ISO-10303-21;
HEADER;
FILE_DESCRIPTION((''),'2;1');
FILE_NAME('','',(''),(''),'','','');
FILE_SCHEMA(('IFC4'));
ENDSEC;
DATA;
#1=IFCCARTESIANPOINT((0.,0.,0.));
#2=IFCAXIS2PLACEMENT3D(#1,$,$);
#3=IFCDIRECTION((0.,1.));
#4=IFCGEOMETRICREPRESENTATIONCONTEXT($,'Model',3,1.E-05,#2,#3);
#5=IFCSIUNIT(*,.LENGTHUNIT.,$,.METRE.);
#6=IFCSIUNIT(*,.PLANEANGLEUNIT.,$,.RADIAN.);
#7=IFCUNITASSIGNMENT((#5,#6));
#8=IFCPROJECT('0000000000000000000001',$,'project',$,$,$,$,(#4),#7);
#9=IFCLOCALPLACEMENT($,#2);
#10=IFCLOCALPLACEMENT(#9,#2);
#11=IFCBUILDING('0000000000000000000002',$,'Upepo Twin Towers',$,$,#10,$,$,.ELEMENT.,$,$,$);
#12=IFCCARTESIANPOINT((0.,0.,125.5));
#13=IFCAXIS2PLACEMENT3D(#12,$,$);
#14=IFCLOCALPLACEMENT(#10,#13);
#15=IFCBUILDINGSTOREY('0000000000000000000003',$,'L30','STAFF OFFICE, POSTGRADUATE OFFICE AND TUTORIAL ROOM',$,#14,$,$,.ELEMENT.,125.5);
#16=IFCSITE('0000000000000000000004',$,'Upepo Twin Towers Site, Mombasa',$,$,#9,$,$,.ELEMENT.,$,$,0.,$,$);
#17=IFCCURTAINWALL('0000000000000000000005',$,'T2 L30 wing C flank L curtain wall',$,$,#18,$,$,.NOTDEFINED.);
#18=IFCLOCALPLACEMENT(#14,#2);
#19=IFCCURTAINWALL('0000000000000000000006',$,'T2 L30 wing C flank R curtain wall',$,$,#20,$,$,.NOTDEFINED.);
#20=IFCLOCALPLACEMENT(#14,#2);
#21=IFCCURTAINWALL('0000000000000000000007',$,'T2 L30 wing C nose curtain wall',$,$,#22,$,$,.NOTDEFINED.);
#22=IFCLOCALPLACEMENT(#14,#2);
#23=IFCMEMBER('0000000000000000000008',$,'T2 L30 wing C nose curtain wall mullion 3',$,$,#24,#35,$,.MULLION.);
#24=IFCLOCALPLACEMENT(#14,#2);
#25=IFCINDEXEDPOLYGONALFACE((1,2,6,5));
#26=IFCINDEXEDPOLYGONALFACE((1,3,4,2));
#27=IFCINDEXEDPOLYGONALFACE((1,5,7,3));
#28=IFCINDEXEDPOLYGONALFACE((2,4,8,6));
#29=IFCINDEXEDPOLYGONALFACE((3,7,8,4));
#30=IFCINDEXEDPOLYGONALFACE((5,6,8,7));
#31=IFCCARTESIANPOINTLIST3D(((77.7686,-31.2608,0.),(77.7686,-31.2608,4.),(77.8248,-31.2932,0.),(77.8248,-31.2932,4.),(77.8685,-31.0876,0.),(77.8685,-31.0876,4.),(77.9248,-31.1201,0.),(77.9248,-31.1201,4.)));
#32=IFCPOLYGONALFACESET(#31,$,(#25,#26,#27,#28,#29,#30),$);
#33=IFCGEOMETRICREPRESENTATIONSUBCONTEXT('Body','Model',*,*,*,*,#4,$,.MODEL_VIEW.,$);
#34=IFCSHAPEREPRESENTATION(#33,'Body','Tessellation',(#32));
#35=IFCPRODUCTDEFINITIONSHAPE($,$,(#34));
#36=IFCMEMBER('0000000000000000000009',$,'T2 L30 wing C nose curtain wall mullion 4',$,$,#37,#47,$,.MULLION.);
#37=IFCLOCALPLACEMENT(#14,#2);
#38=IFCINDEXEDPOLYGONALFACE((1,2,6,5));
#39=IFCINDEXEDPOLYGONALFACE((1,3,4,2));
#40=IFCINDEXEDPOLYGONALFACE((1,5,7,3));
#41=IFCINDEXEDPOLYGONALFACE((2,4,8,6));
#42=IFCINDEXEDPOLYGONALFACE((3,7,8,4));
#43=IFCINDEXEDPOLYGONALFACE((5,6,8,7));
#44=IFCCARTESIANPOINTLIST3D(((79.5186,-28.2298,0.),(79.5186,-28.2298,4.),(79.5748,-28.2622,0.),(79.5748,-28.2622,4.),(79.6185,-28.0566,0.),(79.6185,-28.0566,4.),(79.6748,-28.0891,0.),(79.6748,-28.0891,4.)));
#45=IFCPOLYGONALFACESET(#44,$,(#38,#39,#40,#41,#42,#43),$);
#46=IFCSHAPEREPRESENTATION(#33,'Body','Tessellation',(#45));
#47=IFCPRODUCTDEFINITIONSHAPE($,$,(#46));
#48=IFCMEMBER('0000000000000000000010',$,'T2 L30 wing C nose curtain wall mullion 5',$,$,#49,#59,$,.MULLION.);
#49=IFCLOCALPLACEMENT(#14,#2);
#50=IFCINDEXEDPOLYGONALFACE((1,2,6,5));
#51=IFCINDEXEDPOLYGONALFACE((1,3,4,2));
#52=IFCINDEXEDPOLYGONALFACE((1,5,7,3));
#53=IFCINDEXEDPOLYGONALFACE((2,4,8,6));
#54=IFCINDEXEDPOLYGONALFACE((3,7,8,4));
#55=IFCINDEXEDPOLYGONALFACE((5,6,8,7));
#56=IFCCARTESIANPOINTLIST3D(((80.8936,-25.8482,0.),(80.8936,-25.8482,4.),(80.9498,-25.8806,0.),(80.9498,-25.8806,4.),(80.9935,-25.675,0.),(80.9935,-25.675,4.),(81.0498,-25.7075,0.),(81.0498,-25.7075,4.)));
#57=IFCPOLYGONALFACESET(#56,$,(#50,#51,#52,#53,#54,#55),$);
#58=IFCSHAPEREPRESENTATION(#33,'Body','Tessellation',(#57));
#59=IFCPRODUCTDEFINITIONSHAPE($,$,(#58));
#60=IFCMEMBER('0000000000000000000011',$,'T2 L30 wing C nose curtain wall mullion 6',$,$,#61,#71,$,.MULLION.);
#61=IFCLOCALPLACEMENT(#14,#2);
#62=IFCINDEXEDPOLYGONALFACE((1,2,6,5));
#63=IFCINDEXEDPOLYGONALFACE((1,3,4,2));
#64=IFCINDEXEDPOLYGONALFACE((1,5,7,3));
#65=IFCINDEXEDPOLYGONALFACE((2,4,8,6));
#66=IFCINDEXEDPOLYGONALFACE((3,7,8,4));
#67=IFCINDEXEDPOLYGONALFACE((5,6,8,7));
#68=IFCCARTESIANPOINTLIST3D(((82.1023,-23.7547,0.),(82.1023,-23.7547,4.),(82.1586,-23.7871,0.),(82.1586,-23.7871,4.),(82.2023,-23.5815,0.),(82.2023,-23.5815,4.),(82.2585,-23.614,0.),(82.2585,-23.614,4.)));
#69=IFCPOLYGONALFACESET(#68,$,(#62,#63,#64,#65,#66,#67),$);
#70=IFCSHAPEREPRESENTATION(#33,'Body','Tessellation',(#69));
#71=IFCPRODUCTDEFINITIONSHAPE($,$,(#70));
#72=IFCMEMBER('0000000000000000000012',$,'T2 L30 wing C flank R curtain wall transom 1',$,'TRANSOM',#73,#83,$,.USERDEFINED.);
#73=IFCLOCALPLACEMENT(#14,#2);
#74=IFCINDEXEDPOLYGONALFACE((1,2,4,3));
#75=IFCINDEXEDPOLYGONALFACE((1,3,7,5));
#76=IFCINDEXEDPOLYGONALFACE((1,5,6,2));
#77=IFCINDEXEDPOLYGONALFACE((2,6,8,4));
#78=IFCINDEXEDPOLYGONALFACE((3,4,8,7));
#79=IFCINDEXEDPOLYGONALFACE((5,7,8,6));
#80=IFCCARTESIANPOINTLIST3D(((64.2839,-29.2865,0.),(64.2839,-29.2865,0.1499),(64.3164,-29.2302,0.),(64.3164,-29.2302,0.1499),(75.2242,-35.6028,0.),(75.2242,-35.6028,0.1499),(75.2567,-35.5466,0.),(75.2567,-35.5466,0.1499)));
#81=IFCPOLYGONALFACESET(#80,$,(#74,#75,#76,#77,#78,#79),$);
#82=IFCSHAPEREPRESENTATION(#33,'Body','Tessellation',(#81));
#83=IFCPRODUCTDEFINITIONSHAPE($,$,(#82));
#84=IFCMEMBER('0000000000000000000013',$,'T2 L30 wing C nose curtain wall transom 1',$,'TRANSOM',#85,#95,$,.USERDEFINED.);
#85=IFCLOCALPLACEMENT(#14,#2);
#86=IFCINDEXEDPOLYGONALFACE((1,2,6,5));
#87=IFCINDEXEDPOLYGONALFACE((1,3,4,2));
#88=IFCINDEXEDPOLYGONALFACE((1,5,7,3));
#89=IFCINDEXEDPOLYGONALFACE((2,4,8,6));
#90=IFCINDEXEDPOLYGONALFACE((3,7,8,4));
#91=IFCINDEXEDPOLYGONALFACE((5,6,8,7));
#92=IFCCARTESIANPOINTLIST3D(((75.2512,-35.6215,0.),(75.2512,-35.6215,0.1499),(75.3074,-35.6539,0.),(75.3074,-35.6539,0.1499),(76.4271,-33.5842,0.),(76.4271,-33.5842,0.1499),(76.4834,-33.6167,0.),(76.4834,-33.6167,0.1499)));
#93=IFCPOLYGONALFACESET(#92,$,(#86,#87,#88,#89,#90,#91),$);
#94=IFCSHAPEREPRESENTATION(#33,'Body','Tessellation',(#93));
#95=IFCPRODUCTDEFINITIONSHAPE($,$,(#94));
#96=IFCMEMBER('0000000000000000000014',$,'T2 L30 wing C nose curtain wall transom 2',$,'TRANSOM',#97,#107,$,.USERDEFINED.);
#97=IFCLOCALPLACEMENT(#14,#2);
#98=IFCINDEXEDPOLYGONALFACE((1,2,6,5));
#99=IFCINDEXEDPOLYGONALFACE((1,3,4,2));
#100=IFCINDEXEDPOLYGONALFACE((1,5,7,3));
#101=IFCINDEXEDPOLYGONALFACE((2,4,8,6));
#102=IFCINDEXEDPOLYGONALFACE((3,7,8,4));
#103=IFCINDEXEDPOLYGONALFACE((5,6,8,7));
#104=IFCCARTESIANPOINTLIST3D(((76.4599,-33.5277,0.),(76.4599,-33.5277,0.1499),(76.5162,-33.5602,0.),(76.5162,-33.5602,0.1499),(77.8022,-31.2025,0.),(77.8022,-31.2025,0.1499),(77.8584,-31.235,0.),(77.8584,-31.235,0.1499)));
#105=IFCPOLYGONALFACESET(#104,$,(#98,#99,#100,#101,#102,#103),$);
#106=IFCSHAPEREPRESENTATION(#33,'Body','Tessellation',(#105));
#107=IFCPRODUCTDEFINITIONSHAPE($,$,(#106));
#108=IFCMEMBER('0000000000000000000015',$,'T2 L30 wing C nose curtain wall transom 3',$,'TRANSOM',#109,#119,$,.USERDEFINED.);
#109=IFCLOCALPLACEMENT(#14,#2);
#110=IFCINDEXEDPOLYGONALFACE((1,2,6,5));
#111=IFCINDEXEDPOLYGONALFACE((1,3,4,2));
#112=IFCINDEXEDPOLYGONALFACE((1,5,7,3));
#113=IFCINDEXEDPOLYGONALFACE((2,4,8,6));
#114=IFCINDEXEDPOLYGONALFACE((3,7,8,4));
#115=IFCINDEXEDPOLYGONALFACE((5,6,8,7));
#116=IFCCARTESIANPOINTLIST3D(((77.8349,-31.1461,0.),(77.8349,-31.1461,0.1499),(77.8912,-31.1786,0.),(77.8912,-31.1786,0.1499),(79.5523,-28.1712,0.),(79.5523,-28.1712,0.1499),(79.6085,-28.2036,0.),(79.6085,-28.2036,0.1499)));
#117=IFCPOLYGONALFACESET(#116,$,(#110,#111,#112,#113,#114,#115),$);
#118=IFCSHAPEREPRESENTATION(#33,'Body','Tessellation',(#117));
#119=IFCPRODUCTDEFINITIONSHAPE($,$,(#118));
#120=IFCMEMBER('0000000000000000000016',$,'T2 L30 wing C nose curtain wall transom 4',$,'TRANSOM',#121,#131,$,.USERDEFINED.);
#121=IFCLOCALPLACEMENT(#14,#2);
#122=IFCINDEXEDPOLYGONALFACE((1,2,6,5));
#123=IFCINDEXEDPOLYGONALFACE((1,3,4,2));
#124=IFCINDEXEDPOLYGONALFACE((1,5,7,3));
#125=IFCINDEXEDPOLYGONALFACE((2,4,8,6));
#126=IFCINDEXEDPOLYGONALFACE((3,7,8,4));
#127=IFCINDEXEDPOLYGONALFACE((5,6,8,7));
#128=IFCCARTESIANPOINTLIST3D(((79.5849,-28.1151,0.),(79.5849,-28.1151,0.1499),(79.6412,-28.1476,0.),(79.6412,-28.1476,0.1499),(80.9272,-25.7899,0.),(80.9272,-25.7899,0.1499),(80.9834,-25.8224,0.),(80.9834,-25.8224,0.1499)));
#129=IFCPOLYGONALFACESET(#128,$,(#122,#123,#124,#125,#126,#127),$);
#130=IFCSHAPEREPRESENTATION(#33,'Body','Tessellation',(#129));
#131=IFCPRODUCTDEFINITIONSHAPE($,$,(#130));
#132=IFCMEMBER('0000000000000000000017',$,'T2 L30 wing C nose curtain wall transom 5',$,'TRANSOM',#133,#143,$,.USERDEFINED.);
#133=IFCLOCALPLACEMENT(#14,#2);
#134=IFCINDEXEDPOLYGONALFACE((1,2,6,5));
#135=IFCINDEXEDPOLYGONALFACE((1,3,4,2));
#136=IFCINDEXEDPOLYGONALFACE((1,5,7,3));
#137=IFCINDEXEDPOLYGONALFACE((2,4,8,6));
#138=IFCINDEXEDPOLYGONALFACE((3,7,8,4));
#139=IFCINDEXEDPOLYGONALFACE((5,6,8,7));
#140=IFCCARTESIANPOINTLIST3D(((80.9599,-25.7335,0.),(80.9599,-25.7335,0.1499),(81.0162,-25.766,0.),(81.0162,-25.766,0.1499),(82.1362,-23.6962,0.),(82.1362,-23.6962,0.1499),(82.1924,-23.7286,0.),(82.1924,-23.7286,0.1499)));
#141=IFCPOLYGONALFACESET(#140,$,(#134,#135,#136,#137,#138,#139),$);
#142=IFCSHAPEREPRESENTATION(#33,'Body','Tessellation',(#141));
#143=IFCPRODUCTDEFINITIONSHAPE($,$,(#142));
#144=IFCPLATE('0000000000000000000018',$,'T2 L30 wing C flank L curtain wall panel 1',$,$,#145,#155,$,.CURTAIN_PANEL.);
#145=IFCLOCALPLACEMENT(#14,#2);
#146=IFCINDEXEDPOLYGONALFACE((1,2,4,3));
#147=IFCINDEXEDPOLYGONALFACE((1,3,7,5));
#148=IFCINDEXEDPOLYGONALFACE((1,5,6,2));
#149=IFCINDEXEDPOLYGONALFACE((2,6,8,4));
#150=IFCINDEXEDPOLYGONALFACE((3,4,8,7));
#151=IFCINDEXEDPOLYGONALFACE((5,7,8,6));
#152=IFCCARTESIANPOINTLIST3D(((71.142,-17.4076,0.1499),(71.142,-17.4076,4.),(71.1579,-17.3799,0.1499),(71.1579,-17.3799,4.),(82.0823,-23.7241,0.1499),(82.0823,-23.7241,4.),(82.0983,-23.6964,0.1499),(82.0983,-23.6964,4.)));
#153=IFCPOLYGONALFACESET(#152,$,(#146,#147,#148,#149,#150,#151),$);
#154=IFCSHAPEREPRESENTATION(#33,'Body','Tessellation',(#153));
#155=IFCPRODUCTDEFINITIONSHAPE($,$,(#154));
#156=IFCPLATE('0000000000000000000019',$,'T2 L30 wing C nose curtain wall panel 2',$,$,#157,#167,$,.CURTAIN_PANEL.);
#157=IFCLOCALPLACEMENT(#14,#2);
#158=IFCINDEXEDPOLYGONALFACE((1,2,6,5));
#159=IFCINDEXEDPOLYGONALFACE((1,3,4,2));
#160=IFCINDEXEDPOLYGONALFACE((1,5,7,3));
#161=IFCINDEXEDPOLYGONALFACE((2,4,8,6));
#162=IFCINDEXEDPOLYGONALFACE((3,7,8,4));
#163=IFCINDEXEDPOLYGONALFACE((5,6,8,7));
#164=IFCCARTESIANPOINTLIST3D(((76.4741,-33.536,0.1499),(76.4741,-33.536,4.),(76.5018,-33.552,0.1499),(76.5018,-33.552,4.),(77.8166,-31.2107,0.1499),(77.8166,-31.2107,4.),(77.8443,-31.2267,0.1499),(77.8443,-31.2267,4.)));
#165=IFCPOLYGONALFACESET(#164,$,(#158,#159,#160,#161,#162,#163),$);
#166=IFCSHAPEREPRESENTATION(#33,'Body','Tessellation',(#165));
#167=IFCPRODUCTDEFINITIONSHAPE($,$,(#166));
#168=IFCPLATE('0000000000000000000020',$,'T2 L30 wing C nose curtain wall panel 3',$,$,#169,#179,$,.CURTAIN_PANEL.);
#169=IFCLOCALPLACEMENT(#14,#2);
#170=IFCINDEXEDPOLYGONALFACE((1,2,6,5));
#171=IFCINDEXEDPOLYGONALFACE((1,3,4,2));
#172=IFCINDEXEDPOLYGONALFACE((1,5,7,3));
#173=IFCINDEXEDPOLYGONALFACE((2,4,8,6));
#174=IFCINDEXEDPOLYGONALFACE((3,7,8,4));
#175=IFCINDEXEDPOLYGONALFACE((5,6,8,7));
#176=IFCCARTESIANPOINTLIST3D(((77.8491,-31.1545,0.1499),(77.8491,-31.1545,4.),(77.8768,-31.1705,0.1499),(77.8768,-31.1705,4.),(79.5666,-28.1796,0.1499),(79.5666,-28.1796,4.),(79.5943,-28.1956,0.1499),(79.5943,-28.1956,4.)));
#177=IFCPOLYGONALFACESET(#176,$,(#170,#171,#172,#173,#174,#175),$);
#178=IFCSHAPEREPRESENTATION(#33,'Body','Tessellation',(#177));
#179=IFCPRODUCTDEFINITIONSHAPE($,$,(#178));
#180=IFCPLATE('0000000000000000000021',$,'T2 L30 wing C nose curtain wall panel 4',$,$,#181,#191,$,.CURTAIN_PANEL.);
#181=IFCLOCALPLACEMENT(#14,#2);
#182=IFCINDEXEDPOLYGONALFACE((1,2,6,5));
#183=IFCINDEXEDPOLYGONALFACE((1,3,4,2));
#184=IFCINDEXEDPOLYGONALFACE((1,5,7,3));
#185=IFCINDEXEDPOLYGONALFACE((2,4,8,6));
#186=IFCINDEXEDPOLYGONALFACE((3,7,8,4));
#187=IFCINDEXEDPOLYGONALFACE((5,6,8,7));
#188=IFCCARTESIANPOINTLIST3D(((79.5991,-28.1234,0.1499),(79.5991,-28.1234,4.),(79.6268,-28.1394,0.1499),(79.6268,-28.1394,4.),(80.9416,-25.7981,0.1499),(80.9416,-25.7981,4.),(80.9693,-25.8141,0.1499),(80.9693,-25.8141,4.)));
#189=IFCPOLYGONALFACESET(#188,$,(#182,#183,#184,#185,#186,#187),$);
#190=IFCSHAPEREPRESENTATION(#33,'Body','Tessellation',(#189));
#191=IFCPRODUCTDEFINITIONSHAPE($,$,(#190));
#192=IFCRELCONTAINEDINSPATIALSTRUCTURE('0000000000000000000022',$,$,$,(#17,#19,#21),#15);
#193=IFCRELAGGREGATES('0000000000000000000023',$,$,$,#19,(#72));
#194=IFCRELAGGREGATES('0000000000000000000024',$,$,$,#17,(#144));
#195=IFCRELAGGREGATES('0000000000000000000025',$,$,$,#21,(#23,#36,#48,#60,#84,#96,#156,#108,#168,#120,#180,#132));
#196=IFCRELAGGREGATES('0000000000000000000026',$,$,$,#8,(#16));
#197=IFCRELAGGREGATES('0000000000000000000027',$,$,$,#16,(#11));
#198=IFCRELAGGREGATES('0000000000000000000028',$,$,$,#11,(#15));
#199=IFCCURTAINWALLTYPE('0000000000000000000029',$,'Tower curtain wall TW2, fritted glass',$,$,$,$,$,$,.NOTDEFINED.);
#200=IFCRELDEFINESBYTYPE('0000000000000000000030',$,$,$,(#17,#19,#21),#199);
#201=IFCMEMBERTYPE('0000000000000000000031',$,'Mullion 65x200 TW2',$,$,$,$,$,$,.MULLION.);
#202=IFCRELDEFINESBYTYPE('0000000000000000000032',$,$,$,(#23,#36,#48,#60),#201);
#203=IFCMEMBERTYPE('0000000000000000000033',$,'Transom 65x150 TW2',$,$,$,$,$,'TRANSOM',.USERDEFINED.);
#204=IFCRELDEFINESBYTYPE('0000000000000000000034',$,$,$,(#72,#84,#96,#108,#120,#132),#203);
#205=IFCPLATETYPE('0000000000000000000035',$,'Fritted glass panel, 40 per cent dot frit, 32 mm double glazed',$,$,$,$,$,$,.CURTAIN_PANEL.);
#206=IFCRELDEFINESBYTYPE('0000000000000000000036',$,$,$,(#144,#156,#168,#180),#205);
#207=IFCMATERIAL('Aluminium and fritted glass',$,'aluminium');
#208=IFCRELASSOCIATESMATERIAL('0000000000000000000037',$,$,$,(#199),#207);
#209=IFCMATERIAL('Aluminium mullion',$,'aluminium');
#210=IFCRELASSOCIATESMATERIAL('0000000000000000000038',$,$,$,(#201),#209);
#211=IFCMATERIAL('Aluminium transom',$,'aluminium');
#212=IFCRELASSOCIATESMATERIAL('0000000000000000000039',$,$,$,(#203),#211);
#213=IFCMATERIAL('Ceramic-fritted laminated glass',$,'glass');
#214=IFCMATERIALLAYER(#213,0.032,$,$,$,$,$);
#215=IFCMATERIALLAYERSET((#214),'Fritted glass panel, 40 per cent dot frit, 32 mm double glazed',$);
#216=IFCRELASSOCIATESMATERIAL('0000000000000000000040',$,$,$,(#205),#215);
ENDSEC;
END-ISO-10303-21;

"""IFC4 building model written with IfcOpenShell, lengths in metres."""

from ifc_helpers import new_model, si_unit, direction, frame, origin, origin_2d, place, context, subcontext, project, spatial, rectangle, extrude, material, layer, layer_set, material_profile, profile_set, type_object, element, aggregate, save


model = new_model("IFC4")

# Units and contexts
model_context = context("Model", 3, precision=1e-05, world=origin(), true_north=direction((0.0, 1.0)))
body_context = subcontext(model_context, "Body", "Model", "MODEL_VIEW")
ifc_project = project(units=[si_unit("LENGTHUNIT", "METRE"), si_unit("PLANEANGLEUNIT", "RADIAN")], contexts=[model_context])

# Site, building, storey
site_placement = place(None, origin())
site = spatial("IfcSite", under=ifc_project, at=site_placement, Name="Upepo Twin Towers Site, Mombasa", CompositionType="ELEMENT", RefElevation=0.0)
building_placement = place(site_placement, origin())
building = spatial("IfcBuilding", under=site, at=building_placement, Name="Upepo Twin Towers", CompositionType="ELEMENT")
storey_placement = place(building_placement, frame((0.0, 0.0, 125.5)))
storey = spatial("IfcBuildingStorey", under=building, at=storey_placement, Name="L30", Description="STAFF OFFICE, POSTGRADUATE OFFICE AND TUTORIAL ROOM", CompositionType="ELEMENT", Elevation=125.5)

# Curtain walls
ifc_material_1 = material(Name="Aluminium and fritted glass", Category="aluminium")
curtain_wall_type = type_object("IfcCurtainWallType", Name="Tower curtain wall TW2, fritted glass", PredefinedType="NOTDEFINED", material=ifc_material_1)
curtain_wall_1_placement = place(storey_placement, origin())
curtain_wall_1 = element("IfcCurtainWall", 1, at=curtain_wall_1_placement, inside=storey, type_object=curtain_wall_type, Name="T2 L30 wing C flank L curtain wall", PredefinedType="NOTDEFINED")
ifc_material_2 = material(Name="Aluminium mullion", Category="aluminium")
ifc_material_profile_1 = material_profile(ifc_material_2, rectangle(XDim=0.0649, YDim=0.2, at=origin_2d()), Name="MULLION 65x200")
ifc_profile_set_1 = profile_set([ifc_material_profile_1], Name="Aluminium mullion")
member_type_1 = type_object("IfcMemberType", Name="Mullion 65x200 TW2", PredefinedType="MULLION", material=ifc_profile_set_1)
curtain_wall_2_placement = place(storey_placement, origin())
curtain_wall_2 = element("IfcCurtainWall", 2, at=curtain_wall_2_placement, inside=storey, type_object=curtain_wall_type, Name="T2 L30 wing C flank R curtain wall", PredefinedType="NOTDEFINED")

# Curtain wall, members
curtain_wall_3_placement = place(storey_placement, origin())
curtain_wall_3 = element("IfcCurtainWall", 3, at=curtain_wall_3_placement, inside=storey, type_object=curtain_wall_type, Name="T2 L30 wing C nose curtain wall", PredefinedType="NOTDEFINED")
member_1_placement = place(storey_placement, frame((77.8467, -31.1904, 0.0), z_axis=(0.0, 0.0, 1.0), x_axis=(-0.866025, 0.5, 0.0)))
member_1 = element("IfcMember", 4, at=member_1_placement, type_object=member_type_1, Name="T2 L30 wing C nose curtain wall mullion 3", PredefinedType="MULLION", context=body_context, shape_type="SweptSolid", body=[
    extrude(rectangle(XDim=0.0649, YDim=0.2, at=origin_2d()), origin(), (0.0, 0.0, 1.0), 4.0),
])
member_2_placement = place(storey_placement, frame((79.5967, -28.1594, 0.0), z_axis=(0.0, 0.0, 1.0), x_axis=(-0.866025, 0.5, 0.0)))
member_2 = element("IfcMember", 5, at=member_2_placement, type_object=member_type_1, Name="T2 L30 wing C nose curtain wall mullion 4", PredefinedType="MULLION", context=body_context, shape_type="SweptSolid", body=[
    extrude(rectangle(XDim=0.0649, YDim=0.2, at=origin_2d()), origin(), (0.0, 0.0, 1.0), 4.0),
])
member_3_placement = place(storey_placement, frame((80.9717, -25.7778, 0.0), z_axis=(0.0, 0.0, 1.0), x_axis=(-0.866025, 0.5, 0.0)))
member_3 = element("IfcMember", 6, at=member_3_placement, type_object=member_type_1, Name="T2 L30 wing C nose curtain wall mullion 5", PredefinedType="MULLION", context=body_context, shape_type="SweptSolid", body=[
    extrude(rectangle(XDim=0.0649, YDim=0.2, at=origin_2d()), origin(), (0.0, 0.0, 1.0), 4.0),
])
member_4_placement = place(storey_placement, frame((82.1804, -23.6843, 0.0), z_axis=(0.0, 0.0, 1.0), x_axis=(-0.866025, 0.5, 0.0)))
member_4 = element("IfcMember", 7, at=member_4_placement, type_object=member_type_1, Name="T2 L30 wing C nose curtain wall mullion 6", PredefinedType="MULLION", context=body_context, shape_type="SweptSolid", body=[
    extrude(rectangle(XDim=0.0649, YDim=0.2, at=origin_2d()), origin(), (0.0, 0.0, 1.0), 4.0),
])

# Members
ifc_material_3 = material(Name="Aluminium transom", Category="aluminium")
ifc_material_profile_2 = material_profile(ifc_material_3, rectangle(XDim=0.0649, YDim=0.1499, at=origin_2d()), Name="TRANSOM 65x150")
ifc_profile_set_2 = profile_set([ifc_material_profile_2], Name="Aluminium transom")
member_type_2 = type_object("IfcMemberType", Name="Transom 65x150 TW2", ElementType="TRANSOM", PredefinedType="USERDEFINED", material=ifc_profile_set_2)
member_5_placement = place(storey_placement, frame((75.2405, -35.5747, 0.075), z_axis=(-0.866027, 0.499997, 0.0), x_axis=(-0.499997, -0.866027, 0.0)))
member_5 = element("IfcMember", 8, at=member_5_placement, type_object=member_type_2, Name="T2 L30 wing C flank R curtain wall transom 1", ObjectType="TRANSOM", PredefinedType="USERDEFINED", context=body_context, shape_type="SweptSolid", body=[
    extrude(rectangle(XDim=0.0649, YDim=0.1499, at=origin_2d()), origin(), (0.0, 0.0, 1.0), 12.6328),
])
aggregate(curtain_wall_2, [member_5])
member_6_placement = place(storey_placement, frame((75.2793, -35.6377, 0.075), z_axis=(0.499923, 0.86607, 0.0), x_axis=(-0.86607, 0.499923, 0.0)))
member_6 = element("IfcMember", 9, at=member_6_placement, type_object=member_type_2, Name="T2 L30 wing C nose curtain wall transom 1", ObjectType="TRANSOM", PredefinedType="USERDEFINED", context=body_context, shape_type="SweptSolid", body=[
    extrude(rectangle(XDim=0.0649, YDim=0.1499, at=origin_2d()), origin(), (0.0, 0.0, 1.0), 2.3523),
])
member_7_placement = place(storey_placement, frame((76.488, -33.5439, 0.075), z_axis=(0.499953, 0.866052, 0.0), x_axis=(-0.866052, 0.499953, 0.0)))
member_7 = element("IfcMember", 10, at=member_7_placement, type_object=member_type_2, Name="T2 L30 wing C nose curtain wall transom 2", ObjectType="TRANSOM", PredefinedType="USERDEFINED", context=body_context, shape_type="SweptSolid", body=[
    extrude(rectangle(XDim=0.0649, YDim=0.1499, at=origin_2d()), origin(), (0.0, 0.0, 1.0), 2.6848),
])
member_8_placement = place(storey_placement, frame((77.863, -31.1624, 0.075), z_axis=(0.499946, 0.866057, 0.0), x_axis=(-0.866057, 0.499946, 0.0)))
member_8 = element("IfcMember", 11, at=member_8_placement, type_object=member_type_2, Name="T2 L30 wing C nose curtain wall transom 3", ObjectType="TRANSOM", PredefinedType="USERDEFINED", context=body_context, shape_type="SweptSolid", body=[
    extrude(rectangle(XDim=0.0649, YDim=0.1499, at=origin_2d()), origin(), (0.0, 0.0, 1.0), 3.4351),
])
member_9_placement = place(storey_placement, frame((79.613, -28.1313, 0.075), z_axis=(0.499953, 0.866052, 0.0), x_axis=(-0.866052, 0.499953, 0.0)))
member_9 = element("IfcMember", 12, at=member_9_placement, type_object=member_type_2, Name="T2 L30 wing C nose curtain wall transom 4", ObjectType="TRANSOM", PredefinedType="USERDEFINED", context=body_context, shape_type="SweptSolid", body=[
    extrude(rectangle(XDim=0.0649, YDim=0.1499, at=origin_2d()), origin(), (0.0, 0.0, 1.0), 2.6848),
])
member_10_placement = place(storey_placement, frame((80.988, -25.7498, 0.075), z_axis=(0.500001, 0.866025, 0.0), x_axis=(-0.866025, 0.500001, 0.0)))
member_10 = element("IfcMember", 13, at=member_10_placement, type_object=member_type_2, Name="T2 L30 wing C nose curtain wall transom 5", ObjectType="TRANSOM", PredefinedType="USERDEFINED", context=body_context, shape_type="SweptSolid", body=[
    extrude(rectangle(XDim=0.0649, YDim=0.1499, at=origin_2d()), origin(), (0.0, 0.0, 1.0), 2.3525),
])

# Plates
ifc_material_4 = material(Name="Ceramic-fritted laminated glass", Category="glass")
ifc_layer_1 = layer(ifc_material_4, 0.032)
ifc_layer_set_1 = layer_set([ifc_layer_1], Name="Fritted glass panel, 40 per cent dot frit, 32 mm double glazed")
plate_type_1 = type_object("IfcPlateType", Name="Fritted glass panel, 40 per cent dot frit, 32 mm double glazed", PredefinedType="CURTAIN_PANEL", material=ifc_layer_set_1)
plate_1_placement = place(storey_placement, frame((76.6201, -20.552, 0.1499), z_axis=(0.0, 0.0, 1.0), x_axis=(0.866025, -0.5, 0.0)))
plate_1 = element("IfcPlate", 14, at=plate_1_placement, type_object=plate_type_1, Name="T2 L30 wing C flank L curtain wall panel 1", PredefinedType="CURTAIN_PANEL", context=body_context, shape_type="SweptSolid", body=[
    extrude(rectangle(XDim=12.6328, YDim=0.032, at=origin_2d()), origin(), (0.0, 0.0, 1.0), 3.8501),
])
aggregate(curtain_wall_1, [plate_1])
plate_2_placement = place(storey_placement, frame((77.1592, -32.3813, 0.1499), z_axis=(0.0, 0.0, 1.0), x_axis=(0.5, 0.866025, 0.0)))
plate_2 = element("IfcPlate", 15, at=plate_2_placement, type_object=plate_type_1, Name="T2 L30 wing C nose curtain wall panel 2", PredefinedType="CURTAIN_PANEL", context=body_context, shape_type="SweptSolid", body=[
    extrude(rectangle(XDim=2.6851, YDim=0.032, at=origin_2d()), origin(), (0.0, 0.0, 1.0), 3.8501),
])
plate_3_placement = place(storey_placement, frame((78.7217, -29.675, 0.1499), z_axis=(0.0, 0.0, 1.0), x_axis=(0.5, 0.866025, 0.0)))
plate_3 = element("IfcPlate", 16, at=plate_3_placement, type_object=plate_type_1, Name="T2 L30 wing C nose curtain wall panel 3", PredefinedType="CURTAIN_PANEL", context=body_context, shape_type="SweptSolid", body=[
    extrude(rectangle(XDim=3.4351, YDim=0.032, at=origin_2d()), origin(), (0.0, 0.0, 1.0), 3.8501),
])
plate_4_placement = place(storey_placement, frame((80.2842, -26.9688, 0.1499), z_axis=(0.0, 0.0, 1.0), x_axis=(0.5, 0.866025, 0.0)))
plate_4 = element("IfcPlate", 17, at=plate_4_placement, type_object=plate_type_1, Name="T2 L30 wing C nose curtain wall panel 4", PredefinedType="CURTAIN_PANEL", context=body_context, shape_type="SweptSolid", body=[
    extrude(rectangle(XDim=2.6851, YDim=0.032, at=origin_2d()), origin(), (0.0, 0.0, 1.0), 3.8501),
])
aggregate(curtain_wall_3, [member_1, member_2, member_3, member_4, member_6, member_7, plate_2, member_8, plate_3, member_9, plate_4, member_10])

save(model, "model.ifc")
